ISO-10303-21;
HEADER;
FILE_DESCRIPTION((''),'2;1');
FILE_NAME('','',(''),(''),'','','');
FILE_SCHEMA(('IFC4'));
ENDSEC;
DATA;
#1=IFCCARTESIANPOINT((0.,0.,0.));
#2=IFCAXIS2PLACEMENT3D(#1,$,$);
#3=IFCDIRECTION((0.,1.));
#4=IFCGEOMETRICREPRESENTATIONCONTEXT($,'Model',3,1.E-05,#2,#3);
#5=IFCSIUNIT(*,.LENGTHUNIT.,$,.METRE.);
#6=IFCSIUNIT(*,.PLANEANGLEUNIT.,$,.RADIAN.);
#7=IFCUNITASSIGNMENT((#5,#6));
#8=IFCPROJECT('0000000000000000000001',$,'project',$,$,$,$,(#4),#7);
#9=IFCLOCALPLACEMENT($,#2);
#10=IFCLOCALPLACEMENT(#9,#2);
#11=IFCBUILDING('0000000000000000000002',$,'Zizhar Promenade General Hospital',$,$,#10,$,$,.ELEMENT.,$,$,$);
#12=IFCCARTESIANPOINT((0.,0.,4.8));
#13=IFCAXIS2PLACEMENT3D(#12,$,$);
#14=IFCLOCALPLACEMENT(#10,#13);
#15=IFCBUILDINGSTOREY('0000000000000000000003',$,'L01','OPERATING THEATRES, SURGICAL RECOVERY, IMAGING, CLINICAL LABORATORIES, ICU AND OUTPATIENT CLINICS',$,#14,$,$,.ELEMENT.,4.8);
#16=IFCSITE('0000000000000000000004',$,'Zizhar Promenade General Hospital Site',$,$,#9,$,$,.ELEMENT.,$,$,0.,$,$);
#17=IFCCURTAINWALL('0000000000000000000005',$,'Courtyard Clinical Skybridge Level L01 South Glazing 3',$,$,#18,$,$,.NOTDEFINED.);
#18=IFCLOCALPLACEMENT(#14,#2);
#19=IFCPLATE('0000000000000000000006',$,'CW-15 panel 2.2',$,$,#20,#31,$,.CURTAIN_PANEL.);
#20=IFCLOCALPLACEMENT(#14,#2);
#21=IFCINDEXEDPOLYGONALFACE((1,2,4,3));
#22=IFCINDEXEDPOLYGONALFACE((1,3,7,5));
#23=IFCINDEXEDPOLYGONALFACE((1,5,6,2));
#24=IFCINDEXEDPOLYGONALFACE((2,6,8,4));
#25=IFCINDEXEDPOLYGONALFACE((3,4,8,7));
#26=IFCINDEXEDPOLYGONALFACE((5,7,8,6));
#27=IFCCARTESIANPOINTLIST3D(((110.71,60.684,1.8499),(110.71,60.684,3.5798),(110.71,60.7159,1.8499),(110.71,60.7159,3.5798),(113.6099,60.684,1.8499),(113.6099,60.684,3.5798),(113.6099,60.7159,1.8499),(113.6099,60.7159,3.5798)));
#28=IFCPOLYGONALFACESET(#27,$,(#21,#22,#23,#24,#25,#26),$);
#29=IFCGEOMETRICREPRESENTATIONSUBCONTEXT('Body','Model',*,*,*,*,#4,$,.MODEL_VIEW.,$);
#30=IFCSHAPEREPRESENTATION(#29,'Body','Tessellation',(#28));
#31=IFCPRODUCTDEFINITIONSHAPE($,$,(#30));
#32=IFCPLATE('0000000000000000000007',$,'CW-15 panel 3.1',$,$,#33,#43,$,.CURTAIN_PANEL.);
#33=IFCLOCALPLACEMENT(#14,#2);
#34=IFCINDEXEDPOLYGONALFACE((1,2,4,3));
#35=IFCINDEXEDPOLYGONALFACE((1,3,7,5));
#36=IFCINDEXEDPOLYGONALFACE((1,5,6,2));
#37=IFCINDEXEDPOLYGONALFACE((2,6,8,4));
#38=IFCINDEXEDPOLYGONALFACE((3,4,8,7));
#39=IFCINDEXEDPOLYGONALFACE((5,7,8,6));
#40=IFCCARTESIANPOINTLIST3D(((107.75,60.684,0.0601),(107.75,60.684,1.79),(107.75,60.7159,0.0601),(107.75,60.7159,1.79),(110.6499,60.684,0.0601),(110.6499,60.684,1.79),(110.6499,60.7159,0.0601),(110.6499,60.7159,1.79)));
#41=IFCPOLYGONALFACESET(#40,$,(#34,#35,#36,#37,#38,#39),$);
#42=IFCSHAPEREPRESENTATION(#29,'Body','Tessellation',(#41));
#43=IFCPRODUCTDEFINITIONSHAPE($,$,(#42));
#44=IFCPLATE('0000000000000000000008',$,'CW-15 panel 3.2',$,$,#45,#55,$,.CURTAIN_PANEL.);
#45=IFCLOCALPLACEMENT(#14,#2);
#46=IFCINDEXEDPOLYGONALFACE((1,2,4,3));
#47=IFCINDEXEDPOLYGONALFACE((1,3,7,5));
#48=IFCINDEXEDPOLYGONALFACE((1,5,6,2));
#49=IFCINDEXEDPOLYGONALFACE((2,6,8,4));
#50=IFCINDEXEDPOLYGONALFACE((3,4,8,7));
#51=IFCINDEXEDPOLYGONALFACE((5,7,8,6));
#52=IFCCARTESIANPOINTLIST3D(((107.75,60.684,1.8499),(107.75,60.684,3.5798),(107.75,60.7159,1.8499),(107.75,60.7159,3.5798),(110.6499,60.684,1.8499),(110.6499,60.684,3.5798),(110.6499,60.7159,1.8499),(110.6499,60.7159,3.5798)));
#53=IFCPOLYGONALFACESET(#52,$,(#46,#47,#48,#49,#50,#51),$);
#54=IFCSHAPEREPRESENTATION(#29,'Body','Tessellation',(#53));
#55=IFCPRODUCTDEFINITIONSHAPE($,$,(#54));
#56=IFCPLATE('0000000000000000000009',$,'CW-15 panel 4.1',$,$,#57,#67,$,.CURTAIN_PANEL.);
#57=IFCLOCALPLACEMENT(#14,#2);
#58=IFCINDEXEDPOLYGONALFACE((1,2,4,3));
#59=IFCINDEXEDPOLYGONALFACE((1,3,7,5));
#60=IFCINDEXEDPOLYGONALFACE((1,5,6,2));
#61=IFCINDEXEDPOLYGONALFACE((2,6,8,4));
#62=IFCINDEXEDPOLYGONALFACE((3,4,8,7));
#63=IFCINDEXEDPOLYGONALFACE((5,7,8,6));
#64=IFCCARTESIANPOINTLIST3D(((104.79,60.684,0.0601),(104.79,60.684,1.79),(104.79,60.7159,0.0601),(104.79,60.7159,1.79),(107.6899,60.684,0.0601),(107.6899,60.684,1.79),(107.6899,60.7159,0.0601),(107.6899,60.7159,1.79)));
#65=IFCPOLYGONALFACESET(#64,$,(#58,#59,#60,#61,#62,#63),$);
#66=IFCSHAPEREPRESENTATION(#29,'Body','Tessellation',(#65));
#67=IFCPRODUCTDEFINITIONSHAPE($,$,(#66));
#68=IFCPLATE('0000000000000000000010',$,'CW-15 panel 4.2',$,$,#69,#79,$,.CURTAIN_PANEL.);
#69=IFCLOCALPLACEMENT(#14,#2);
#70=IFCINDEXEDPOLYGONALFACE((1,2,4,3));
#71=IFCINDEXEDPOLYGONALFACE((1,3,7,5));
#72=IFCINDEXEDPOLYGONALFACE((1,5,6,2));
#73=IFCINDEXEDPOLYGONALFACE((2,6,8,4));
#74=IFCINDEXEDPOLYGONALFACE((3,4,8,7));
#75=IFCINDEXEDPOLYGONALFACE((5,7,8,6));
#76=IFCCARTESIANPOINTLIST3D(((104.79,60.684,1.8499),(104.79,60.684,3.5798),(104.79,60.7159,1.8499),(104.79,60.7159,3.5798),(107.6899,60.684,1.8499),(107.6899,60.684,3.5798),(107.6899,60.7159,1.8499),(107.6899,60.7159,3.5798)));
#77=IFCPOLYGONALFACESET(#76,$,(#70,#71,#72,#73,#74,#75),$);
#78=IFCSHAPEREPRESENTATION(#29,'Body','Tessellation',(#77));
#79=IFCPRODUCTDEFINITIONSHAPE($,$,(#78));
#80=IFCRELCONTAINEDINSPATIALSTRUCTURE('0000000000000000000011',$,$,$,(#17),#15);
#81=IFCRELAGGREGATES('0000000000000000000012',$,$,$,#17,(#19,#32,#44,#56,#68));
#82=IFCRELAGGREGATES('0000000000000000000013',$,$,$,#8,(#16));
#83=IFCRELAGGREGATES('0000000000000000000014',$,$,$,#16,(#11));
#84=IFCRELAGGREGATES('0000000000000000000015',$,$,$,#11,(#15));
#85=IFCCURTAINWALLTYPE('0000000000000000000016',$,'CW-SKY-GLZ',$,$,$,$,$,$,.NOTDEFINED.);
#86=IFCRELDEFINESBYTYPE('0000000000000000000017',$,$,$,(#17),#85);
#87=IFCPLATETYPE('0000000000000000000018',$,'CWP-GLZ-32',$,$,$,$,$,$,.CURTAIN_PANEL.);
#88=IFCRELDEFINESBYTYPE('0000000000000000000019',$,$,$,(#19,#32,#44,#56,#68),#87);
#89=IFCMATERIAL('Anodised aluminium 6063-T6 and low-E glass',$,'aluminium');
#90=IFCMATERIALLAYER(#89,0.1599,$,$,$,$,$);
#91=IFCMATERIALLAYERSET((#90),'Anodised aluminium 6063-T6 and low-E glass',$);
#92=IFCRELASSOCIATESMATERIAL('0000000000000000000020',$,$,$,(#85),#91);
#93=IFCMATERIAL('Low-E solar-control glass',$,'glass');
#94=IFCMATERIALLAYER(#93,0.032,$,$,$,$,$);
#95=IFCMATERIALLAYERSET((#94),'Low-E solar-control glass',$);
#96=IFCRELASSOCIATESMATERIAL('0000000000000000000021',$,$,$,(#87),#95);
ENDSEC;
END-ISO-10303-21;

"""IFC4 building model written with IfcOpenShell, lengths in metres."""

from ifc_helpers import new_model, si_unit, direction, frame, origin, origin_2d, place, context, subcontext, project, spatial, rectangle, extrude, material, layer, layer_set, type_object, element, aggregate, save


model = new_model("IFC4")

# Units and contexts
model_context = context("Model", 3, precision=1e-05, world=origin(), true_north=direction((0.0, 1.0)))
body_context = subcontext(model_context, "Body", "Model", "MODEL_VIEW")
ifc_project = project(units=[si_unit("LENGTHUNIT", "METRE"), si_unit("PLANEANGLEUNIT", "RADIAN")], contexts=[model_context])

# Site, building, storey
site_placement = place(None, origin())
site = spatial("IfcSite", under=ifc_project, at=site_placement, Name="Zizhar Promenade General Hospital Site", CompositionType="ELEMENT", RefElevation=0.0)
building_placement = place(site_placement, origin())
building = spatial("IfcBuilding", under=site, at=building_placement, Name="Zizhar Promenade General Hospital", CompositionType="ELEMENT")
storey_placement = place(building_placement, frame((0.0, 0.0, 4.8)))
storey = spatial("IfcBuildingStorey", under=building, at=storey_placement, Name="L01", Description="OPERATING THEATRES, SURGICAL RECOVERY, IMAGING, CLINICAL LABORATORIES, ICU AND OUTPATIENT CLINICS", CompositionType="ELEMENT", Elevation=4.8)

# Curtain wall
ifc_material_1 = material(Name="Anodised aluminium 6063-T6 and low-E glass", Category="aluminium")
ifc_layer_1 = layer(ifc_material_1, 0.1599)
ifc_layer_set_1 = layer_set([ifc_layer_1], Name="Anodised aluminium 6063-T6 and low-E glass")
curtain_wall_type_1 = type_object("IfcCurtainWallType", Name="CW-SKY-GLZ", PredefinedType="NOTDEFINED", material=ifc_layer_set_1)
curtain_wall_1_placement = place(storey_placement, origin())
curtain_wall_1 = element("IfcCurtainWall", 1, at=curtain_wall_1_placement, inside=storey, type_object=curtain_wall_type_1, Name="Courtyard Clinical Skybridge Level L01 South Glazing 3", PredefinedType="NOTDEFINED")

# Shared definitions
ifc_material_2 = material(Name="Low-E solar-control glass", Category="glass")
ifc_layer_2 = layer(ifc_material_2, 0.032)
ifc_layer_set_2 = layer_set([ifc_layer_2], Name="Low-E solar-control glass")
plate_type = type_object("IfcPlateType", Name="CWP-GLZ-32", PredefinedType="CURTAIN_PANEL", material=ifc_layer_set_2)

# Plates
plate_1_placement = place(storey_placement, frame((112.1599, 60.7, 1.8499), z_axis=(0.0, 0.0, 1.0), x_axis=(-1.0, 0.0, 0.0)))
plate_1 = element("IfcPlate", 2, at=plate_1_placement, type_object=plate_type, Name="CW-15 panel 2.2", PredefinedType="CURTAIN_PANEL", context=body_context, shape_type="SweptSolid", body=[
    extrude(rectangle(XDim=2.8999, YDim=0.032, at=origin_2d()), origin(), (0.0, 0.0, 1.0), 1.73),
])
plate_2_placement = place(storey_placement, frame((109.2, 60.7, 0.0601), z_axis=(0.0, 0.0, 1.0), x_axis=(-1.0, 0.0, 0.0)))
plate_2 = element("IfcPlate", 3, at=plate_2_placement, type_object=plate_type, Name="CW-15 panel 3.1", PredefinedType="CURTAIN_PANEL", context=body_context, shape_type="SweptSolid", body=[
    extrude(rectangle(XDim=2.8999, YDim=0.032, at=origin_2d()), origin(), (0.0, 0.0, 1.0), 1.73),
])
plate_3_placement = place(storey_placement, frame((109.2, 60.7, 1.8499), z_axis=(0.0, 0.0, 1.0), x_axis=(-1.0, 0.0, 0.0)))
plate_3 = element("IfcPlate", 4, at=plate_3_placement, type_object=plate_type, Name="CW-15 panel 3.2", PredefinedType="CURTAIN_PANEL", context=body_context, shape_type="SweptSolid", body=[
    extrude(rectangle(XDim=2.8999, YDim=0.032, at=origin_2d()), origin(), (0.0, 0.0, 1.0), 1.73),
])
plate_4_placement = place(storey_placement, frame((106.24, 60.7, 0.0601), z_axis=(0.0, 0.0, 1.0), x_axis=(-1.0, 0.0, 0.0)))
plate_4 = element("IfcPlate", 5, at=plate_4_placement, type_object=plate_type, Name="CW-15 panel 4.1", PredefinedType="CURTAIN_PANEL", context=body_context, shape_type="SweptSolid", body=[
    extrude(rectangle(XDim=2.8999, YDim=0.032, at=origin_2d()), origin(), (0.0, 0.0, 1.0), 1.73),
])
plate_5_placement = place(storey_placement, frame((106.24, 60.7, 1.8499), z_axis=(0.0, 0.0, 1.0), x_axis=(-1.0, 0.0, 0.0)))
plate_5 = element("IfcPlate", 6, at=plate_5_placement, type_object=plate_type, Name="CW-15 panel 4.2", PredefinedType="CURTAIN_PANEL", context=body_context, shape_type="SweptSolid", body=[
    extrude(rectangle(XDim=2.8999, YDim=0.032, at=origin_2d()), origin(), (0.0, 0.0, 1.0), 1.73),
])
aggregate(curtain_wall_1, [plate_1, plate_2, plate_3, plate_4, plate_5])

save(model, "model.ifc")
